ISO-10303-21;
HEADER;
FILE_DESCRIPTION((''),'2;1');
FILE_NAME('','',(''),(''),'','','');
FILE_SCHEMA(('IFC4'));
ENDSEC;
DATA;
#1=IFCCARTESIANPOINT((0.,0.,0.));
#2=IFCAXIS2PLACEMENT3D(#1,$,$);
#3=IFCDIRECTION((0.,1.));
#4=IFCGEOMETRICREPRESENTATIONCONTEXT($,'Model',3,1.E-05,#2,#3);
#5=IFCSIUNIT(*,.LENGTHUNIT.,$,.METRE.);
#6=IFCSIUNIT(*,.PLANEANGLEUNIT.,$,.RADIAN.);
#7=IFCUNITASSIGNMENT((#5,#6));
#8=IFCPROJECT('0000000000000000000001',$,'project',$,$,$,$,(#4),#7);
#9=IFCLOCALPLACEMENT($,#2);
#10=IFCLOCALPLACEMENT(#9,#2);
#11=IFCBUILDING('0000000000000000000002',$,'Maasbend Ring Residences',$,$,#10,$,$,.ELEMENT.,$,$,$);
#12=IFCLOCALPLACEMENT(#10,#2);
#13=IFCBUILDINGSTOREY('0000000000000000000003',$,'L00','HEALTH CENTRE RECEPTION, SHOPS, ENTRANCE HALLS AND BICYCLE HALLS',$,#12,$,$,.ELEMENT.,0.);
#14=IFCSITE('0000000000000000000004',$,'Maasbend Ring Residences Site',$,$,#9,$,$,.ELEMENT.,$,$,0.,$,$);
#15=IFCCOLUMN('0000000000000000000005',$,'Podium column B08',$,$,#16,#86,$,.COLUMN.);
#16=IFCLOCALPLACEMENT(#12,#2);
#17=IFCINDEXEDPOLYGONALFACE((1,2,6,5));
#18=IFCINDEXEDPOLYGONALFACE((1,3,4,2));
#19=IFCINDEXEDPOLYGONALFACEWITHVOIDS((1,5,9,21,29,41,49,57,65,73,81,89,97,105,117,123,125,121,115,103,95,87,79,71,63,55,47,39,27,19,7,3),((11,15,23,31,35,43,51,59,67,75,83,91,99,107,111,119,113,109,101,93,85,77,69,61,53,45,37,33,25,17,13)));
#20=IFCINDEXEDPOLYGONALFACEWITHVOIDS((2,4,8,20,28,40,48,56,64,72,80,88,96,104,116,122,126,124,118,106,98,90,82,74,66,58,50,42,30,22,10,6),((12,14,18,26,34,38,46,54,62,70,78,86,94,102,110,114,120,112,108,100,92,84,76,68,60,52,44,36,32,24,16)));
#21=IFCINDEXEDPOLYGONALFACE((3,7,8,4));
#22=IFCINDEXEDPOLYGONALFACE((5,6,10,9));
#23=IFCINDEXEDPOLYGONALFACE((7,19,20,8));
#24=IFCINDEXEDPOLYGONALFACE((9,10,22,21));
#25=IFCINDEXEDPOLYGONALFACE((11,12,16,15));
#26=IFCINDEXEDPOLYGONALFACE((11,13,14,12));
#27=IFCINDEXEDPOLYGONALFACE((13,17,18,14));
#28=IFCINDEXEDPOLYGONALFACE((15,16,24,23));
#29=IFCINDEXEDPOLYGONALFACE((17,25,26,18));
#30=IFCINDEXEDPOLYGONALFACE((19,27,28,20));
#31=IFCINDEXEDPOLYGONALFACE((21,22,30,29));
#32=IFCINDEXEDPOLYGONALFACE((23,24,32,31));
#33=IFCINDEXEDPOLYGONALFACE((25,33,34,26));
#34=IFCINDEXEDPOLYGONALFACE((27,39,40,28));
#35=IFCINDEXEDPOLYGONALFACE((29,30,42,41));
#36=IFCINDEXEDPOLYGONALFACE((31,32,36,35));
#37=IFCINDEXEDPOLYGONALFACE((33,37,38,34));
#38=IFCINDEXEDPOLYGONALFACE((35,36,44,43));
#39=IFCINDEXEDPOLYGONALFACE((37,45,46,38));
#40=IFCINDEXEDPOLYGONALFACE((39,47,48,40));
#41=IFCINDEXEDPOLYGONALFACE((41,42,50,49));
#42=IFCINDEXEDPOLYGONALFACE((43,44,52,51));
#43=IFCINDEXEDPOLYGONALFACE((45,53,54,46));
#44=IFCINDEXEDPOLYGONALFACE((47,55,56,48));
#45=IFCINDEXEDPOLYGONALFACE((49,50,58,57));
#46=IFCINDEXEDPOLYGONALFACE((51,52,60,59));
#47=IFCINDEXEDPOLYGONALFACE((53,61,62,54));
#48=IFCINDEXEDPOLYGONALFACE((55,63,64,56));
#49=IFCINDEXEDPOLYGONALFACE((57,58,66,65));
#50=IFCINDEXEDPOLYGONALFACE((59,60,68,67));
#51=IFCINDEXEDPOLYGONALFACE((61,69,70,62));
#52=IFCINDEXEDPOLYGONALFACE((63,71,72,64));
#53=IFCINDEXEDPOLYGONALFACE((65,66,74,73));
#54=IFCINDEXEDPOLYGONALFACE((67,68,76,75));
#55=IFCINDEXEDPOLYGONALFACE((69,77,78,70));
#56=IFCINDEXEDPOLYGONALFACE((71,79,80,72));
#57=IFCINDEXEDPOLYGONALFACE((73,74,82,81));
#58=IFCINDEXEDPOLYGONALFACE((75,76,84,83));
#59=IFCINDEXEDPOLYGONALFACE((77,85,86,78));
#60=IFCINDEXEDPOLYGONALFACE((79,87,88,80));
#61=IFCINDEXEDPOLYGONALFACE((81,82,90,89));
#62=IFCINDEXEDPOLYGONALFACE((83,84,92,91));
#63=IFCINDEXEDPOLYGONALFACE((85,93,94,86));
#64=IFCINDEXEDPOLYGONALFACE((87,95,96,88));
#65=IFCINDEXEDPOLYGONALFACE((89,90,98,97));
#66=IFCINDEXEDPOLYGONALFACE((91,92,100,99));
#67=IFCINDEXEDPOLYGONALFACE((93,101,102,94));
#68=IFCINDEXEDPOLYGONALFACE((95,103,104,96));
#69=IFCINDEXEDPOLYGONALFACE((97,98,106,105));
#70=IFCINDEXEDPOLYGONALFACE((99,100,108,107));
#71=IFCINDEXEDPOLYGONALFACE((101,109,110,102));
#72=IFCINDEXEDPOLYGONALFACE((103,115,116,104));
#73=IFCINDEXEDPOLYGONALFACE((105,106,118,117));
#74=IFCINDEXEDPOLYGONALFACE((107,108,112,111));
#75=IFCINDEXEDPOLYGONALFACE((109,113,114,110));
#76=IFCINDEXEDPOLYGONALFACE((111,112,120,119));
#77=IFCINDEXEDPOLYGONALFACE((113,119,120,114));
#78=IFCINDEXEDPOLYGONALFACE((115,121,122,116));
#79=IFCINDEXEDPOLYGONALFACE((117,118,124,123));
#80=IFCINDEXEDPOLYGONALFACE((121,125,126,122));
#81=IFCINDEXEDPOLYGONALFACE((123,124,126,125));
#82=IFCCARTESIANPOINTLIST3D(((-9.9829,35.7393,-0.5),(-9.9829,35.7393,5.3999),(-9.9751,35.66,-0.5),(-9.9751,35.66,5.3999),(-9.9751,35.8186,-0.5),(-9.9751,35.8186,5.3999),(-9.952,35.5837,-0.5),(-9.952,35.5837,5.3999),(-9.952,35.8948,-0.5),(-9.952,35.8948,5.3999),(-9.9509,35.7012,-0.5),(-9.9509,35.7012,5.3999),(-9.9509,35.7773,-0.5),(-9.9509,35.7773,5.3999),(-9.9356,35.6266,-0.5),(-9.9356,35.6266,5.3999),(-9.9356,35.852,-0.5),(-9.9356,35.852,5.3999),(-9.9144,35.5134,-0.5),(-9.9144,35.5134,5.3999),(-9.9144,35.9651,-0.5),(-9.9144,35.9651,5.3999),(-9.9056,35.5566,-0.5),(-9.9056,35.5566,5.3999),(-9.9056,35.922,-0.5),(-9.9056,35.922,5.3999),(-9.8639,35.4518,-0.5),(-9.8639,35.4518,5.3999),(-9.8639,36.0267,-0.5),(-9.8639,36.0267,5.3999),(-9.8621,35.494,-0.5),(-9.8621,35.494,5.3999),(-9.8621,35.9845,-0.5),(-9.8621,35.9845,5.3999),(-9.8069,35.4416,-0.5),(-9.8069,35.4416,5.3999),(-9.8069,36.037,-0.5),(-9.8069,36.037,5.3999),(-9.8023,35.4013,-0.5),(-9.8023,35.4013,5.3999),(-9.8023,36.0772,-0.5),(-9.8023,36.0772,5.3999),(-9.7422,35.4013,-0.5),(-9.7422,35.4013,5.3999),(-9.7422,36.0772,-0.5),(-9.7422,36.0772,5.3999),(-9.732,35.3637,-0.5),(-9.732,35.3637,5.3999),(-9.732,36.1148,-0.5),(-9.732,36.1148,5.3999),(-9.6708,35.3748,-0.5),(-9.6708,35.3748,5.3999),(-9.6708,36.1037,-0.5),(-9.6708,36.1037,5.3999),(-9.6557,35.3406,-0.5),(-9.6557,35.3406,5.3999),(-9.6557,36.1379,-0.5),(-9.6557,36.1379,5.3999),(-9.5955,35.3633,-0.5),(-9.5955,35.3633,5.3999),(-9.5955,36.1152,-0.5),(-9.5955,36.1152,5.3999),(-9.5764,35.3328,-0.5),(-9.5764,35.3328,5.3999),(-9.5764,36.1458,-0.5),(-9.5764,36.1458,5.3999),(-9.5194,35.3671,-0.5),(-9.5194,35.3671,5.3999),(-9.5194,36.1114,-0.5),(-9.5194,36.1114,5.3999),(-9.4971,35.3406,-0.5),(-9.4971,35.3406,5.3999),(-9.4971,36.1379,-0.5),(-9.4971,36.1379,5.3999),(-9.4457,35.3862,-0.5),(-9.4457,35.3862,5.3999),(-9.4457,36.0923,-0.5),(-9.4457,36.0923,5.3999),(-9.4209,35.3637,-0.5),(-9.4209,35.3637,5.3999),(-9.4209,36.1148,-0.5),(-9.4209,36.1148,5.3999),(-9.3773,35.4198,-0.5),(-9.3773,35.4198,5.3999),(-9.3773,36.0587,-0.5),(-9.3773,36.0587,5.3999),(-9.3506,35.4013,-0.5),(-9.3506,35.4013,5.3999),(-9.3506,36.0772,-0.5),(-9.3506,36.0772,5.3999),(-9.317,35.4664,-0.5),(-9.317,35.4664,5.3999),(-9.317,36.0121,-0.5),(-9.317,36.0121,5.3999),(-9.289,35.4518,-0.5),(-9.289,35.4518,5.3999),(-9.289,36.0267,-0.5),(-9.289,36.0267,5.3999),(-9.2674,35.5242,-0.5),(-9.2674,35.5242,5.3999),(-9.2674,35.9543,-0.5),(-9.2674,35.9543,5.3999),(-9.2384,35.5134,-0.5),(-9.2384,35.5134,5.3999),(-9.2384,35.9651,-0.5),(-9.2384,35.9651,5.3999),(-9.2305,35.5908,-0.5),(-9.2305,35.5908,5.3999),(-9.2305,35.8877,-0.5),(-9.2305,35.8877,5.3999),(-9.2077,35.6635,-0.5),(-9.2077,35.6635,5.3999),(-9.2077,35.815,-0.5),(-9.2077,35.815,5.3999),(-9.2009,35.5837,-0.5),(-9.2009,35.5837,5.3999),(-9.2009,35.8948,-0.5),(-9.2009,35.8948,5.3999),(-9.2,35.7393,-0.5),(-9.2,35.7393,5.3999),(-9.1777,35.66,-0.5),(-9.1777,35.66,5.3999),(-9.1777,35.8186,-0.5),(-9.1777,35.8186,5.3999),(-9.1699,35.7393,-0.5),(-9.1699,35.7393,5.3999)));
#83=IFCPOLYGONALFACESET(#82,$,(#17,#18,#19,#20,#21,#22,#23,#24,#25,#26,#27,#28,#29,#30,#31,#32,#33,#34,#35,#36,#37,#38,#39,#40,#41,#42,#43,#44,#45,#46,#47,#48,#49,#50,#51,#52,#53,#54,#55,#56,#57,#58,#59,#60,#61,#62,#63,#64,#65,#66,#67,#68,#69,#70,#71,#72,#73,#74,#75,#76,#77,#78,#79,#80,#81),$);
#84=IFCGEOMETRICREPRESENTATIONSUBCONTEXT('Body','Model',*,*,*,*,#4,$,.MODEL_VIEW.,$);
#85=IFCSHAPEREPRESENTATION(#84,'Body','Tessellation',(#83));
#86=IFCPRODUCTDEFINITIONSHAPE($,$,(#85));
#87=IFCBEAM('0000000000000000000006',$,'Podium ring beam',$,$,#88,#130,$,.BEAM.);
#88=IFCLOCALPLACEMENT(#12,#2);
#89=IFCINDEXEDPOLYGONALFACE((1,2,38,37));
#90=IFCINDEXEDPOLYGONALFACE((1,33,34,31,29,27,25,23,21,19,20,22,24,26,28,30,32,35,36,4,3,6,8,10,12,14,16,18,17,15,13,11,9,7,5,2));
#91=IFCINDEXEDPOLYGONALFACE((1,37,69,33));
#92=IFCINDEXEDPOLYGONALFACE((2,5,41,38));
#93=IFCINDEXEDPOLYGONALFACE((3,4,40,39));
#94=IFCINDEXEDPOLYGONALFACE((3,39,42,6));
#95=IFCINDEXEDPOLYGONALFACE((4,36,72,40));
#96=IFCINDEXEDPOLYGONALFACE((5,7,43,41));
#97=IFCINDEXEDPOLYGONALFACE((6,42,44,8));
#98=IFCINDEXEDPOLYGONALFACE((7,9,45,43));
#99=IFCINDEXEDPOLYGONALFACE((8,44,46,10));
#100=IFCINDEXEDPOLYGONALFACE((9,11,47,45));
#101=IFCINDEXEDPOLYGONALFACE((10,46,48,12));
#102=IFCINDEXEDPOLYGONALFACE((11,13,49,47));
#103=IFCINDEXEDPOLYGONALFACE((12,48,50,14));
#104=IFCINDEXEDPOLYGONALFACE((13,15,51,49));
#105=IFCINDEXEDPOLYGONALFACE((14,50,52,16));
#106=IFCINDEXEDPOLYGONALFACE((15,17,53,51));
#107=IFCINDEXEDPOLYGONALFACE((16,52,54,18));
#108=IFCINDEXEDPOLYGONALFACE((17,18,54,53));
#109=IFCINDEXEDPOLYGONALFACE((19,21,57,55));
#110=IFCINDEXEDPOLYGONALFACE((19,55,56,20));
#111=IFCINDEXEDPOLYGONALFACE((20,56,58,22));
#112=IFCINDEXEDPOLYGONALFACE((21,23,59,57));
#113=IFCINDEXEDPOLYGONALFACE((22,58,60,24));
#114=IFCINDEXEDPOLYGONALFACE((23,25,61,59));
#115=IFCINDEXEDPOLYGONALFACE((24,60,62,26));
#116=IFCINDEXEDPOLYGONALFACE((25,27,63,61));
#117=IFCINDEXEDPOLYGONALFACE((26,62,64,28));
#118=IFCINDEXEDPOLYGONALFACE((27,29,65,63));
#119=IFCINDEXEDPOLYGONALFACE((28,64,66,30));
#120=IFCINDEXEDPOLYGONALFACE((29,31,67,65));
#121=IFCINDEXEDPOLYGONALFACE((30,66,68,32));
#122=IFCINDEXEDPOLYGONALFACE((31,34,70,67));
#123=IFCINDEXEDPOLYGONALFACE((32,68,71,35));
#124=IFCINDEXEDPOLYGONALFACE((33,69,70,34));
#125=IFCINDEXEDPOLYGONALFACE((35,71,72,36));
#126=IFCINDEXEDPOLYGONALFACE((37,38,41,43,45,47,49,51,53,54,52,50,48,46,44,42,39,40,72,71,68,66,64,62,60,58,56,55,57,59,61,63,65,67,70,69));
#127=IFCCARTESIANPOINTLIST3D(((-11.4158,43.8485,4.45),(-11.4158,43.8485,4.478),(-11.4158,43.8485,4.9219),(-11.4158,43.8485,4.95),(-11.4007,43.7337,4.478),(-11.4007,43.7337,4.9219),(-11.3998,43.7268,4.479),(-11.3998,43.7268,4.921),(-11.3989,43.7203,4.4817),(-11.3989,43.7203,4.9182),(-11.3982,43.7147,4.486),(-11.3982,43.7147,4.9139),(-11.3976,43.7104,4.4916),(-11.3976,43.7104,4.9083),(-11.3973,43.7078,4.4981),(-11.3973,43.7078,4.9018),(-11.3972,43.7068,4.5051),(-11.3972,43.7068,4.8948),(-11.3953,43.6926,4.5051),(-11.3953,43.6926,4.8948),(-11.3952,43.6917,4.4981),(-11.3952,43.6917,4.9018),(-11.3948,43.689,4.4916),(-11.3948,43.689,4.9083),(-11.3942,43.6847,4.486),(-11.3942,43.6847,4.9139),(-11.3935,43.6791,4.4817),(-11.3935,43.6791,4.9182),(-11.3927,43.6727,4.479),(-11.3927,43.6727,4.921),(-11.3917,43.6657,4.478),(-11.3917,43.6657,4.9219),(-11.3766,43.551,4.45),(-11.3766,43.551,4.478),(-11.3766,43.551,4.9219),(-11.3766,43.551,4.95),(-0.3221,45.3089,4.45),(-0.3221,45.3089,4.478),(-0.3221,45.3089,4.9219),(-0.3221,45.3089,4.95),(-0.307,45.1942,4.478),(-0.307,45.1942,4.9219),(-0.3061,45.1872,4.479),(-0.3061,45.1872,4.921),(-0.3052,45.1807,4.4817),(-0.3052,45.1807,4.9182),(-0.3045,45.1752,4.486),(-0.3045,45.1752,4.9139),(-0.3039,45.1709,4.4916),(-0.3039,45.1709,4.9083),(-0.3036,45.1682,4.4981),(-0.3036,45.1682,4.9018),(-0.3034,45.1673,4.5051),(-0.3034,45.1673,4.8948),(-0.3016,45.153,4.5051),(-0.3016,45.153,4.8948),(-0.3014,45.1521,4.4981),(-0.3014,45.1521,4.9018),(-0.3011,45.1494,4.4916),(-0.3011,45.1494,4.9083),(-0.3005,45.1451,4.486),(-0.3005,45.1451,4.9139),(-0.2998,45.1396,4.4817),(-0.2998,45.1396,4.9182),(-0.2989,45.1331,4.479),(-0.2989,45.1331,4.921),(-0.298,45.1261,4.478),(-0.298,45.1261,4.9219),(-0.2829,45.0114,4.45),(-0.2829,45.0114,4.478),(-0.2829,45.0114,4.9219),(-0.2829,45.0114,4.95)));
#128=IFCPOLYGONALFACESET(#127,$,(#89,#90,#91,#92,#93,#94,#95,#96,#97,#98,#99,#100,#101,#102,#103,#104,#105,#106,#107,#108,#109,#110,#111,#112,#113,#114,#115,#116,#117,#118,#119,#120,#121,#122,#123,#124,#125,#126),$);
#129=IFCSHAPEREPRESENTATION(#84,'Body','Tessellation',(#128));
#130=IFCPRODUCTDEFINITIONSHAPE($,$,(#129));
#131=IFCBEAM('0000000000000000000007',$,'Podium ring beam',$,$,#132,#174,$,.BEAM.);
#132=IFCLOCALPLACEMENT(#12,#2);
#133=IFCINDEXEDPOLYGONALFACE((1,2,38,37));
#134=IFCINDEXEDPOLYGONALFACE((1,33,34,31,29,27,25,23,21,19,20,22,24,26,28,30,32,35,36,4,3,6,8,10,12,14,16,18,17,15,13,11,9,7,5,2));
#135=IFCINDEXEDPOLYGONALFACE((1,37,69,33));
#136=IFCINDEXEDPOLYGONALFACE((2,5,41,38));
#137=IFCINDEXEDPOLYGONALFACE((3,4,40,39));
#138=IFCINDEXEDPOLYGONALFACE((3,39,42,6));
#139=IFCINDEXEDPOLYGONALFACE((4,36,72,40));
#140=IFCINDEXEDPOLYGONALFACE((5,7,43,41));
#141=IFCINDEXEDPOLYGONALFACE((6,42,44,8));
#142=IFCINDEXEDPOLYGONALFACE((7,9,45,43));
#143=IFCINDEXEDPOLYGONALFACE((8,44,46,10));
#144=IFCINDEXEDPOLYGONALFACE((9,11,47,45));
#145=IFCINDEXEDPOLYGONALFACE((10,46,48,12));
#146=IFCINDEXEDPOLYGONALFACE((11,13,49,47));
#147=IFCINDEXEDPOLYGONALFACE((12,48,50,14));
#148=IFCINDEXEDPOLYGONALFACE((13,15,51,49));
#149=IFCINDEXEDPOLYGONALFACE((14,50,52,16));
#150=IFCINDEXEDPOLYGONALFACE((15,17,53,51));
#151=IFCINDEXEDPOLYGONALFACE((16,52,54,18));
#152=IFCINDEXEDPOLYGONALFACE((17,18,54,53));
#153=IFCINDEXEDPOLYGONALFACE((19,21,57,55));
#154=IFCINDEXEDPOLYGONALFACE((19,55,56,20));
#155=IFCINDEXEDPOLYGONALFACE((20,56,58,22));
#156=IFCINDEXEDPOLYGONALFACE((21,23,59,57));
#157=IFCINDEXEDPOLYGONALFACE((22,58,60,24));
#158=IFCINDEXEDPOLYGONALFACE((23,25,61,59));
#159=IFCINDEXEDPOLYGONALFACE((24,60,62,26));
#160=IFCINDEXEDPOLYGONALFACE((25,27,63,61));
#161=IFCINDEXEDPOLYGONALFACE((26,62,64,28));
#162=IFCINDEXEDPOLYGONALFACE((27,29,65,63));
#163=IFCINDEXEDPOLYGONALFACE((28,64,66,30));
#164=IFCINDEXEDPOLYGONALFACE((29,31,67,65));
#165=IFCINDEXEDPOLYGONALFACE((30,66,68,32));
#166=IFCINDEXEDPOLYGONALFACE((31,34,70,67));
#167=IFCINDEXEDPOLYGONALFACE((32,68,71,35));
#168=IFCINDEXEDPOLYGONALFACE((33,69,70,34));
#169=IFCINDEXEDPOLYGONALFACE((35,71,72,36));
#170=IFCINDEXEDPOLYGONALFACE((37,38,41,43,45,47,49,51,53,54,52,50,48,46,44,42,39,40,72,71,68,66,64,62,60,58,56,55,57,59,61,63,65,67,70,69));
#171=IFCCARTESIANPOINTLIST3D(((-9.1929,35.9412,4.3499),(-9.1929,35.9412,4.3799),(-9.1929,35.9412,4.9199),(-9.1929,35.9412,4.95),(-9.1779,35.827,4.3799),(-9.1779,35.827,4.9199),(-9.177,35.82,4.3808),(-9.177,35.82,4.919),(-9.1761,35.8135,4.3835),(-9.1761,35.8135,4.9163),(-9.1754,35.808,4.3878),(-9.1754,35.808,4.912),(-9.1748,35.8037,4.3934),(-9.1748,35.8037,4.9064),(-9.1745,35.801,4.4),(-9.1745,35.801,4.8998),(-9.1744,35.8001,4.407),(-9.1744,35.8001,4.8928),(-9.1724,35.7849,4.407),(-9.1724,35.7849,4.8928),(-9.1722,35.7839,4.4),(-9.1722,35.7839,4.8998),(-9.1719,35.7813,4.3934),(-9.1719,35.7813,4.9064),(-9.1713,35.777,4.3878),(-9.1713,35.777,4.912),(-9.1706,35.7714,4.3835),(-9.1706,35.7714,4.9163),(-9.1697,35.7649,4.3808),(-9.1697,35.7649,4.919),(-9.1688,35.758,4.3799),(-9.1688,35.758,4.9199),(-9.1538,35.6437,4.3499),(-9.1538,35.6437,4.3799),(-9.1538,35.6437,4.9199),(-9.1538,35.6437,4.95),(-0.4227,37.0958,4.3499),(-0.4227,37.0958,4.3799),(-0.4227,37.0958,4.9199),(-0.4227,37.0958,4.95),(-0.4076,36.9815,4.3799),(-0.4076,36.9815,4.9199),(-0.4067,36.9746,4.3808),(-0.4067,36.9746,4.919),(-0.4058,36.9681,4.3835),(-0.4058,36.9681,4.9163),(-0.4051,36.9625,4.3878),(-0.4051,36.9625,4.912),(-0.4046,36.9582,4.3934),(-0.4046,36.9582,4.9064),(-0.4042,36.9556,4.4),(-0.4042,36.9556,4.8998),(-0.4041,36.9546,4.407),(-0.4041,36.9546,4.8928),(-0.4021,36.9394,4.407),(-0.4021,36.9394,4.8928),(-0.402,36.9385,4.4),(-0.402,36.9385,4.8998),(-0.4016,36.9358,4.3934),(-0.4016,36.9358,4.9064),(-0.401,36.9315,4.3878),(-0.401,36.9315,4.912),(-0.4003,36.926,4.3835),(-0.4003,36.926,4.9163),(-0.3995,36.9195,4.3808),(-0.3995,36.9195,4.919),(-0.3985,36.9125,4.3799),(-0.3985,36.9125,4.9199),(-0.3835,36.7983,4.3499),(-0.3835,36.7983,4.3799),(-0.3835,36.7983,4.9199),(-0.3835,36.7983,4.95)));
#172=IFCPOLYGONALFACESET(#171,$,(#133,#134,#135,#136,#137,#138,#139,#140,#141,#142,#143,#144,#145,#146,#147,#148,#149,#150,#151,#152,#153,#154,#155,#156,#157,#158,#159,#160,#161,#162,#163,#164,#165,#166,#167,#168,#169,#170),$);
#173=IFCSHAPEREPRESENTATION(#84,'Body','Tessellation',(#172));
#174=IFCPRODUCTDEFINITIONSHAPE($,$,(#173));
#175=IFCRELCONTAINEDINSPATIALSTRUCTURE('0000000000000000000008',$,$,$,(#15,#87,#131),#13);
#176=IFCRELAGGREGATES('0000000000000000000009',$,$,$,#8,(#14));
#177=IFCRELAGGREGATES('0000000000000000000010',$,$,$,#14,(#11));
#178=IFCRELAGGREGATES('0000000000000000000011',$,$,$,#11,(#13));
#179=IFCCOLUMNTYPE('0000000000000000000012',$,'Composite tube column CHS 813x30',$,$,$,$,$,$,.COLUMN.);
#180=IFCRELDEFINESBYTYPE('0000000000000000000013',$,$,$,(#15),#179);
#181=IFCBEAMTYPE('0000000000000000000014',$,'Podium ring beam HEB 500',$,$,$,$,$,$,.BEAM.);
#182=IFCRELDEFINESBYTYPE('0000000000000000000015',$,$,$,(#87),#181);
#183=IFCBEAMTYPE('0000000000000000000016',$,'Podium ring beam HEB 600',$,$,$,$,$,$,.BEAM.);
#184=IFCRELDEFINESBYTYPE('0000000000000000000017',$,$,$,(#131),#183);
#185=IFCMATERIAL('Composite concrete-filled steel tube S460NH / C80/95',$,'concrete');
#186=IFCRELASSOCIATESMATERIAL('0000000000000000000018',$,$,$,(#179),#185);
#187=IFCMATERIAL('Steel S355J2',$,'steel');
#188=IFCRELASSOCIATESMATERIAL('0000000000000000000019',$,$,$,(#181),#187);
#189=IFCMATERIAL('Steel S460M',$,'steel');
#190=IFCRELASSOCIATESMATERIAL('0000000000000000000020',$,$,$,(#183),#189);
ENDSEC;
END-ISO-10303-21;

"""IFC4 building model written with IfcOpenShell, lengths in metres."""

from ifc_helpers import new_model, si_unit, direction, frame, origin, origin_2d, place, context, subcontext, project, spatial, hollow_circle, i_section, extrude, material, material_profile, profile_set, type_object, element, save


model = new_model("IFC4")

# Units and contexts
model_context = context("Model", 3, precision=1e-05, world=origin(), true_north=direction((0.0, 1.0)))
body_context = subcontext(model_context, "Body", "Model", "MODEL_VIEW")
ifc_project = project(units=[si_unit("LENGTHUNIT", "METRE"), si_unit("PLANEANGLEUNIT", "RADIAN")], contexts=[model_context])

# Site, building, storey
site_placement = place(None, origin())
site = spatial("IfcSite", under=ifc_project, at=site_placement, Name="Maasbend Ring Residences Site", CompositionType="ELEMENT", RefElevation=0.0)
building_placement = place(site_placement, origin())
building = spatial("IfcBuilding", under=site, at=building_placement, Name="Maasbend Ring Residences", CompositionType="ELEMENT")
storey_placement = place(building_placement, origin())
storey = spatial("IfcBuildingStorey", under=building, at=storey_placement, Name="L00", Description="HEALTH CENTRE RECEPTION, SHOPS, ENTRANCE HALLS AND BICYCLE HALLS", CompositionType="ELEMENT", Elevation=0.0)

# Column
ifc_material_1 = material(Name="Composite concrete-filled steel tube S460NH / C80/95", Category="concrete")
ifc_material_profile_1 = material_profile(ifc_material_1, hollow_circle(Radius=0.4065, WallThickness=0.03, at=origin_2d()), Name="Composite tube column CHS 813x30")
ifc_profile_set_1 = profile_set([ifc_material_profile_1], Name="Composite concrete-filled steel tube S460NH / C80/95")
column_type_1 = type_object("IfcColumnType", Name="Composite tube column CHS 813x30", PredefinedType="COLUMN", material=ifc_profile_set_1)
column_1_placement = place(storey_placement, frame((-9.5764, 35.7393, -0.5), z_axis=(0.0, 0.0, 1.0), x_axis=(1.0, 0.0, 0.0)))
element("IfcColumn", 1, at=column_1_placement, inside=storey, type_object=column_type_1, Name="Podium column B08", PredefinedType="COLUMN", context=body_context, shape_type="SweptSolid", body=[
    extrude(hollow_circle(Radius=0.4065, WallThickness=0.03, at=origin_2d()), origin(), (0.0, 0.0, 1.0), 5.8999),
])

# Beams
ifc_material_2 = material(Name="Steel S355J2", Category="steel")
ifc_material_profile_2 = material_profile(ifc_material_2, i_section(OverallWidth=0.3, OverallDepth=0.5, WebThickness=0.0144, FlangeThickness=0.0281, FilletRadius=0.0271, at=origin_2d()), Name="HEB 500")
ifc_profile_set_2 = profile_set([ifc_material_profile_2], Name="Steel S355J2")
beam_type_1 = type_object("IfcBeamType", Name="Podium ring beam HEB 500", PredefinedType="BEAM", material=ifc_profile_set_2)
beam_1_placement = place(storey_placement, frame((-0.3025, 45.1602, 4.7), z_axis=(-0.991446, -0.13052, 0.0), x_axis=(0.13052, -0.991446, 0.0)))
element("IfcBeam", 2, at=beam_1_placement, inside=storey, type_object=beam_type_1, Name="Podium ring beam", PredefinedType="BEAM", context=body_context, shape_type="SweptSolid", body=[
    extrude(i_section(OverallWidth=0.3, OverallDepth=0.5, WebThickness=0.0144, FlangeThickness=0.0281, FilletRadius=0.0271, at=origin_2d()), origin(), (0.0, 0.0, 1.0), 11.1895),
])
ifc_material_3 = material(Name="Steel S460M", Category="steel")
ifc_material_profile_3 = material_profile(ifc_material_3, i_section(OverallWidth=0.3, OverallDepth=0.6001, WebThickness=0.0154, FlangeThickness=0.03, FilletRadius=0.0271, at=origin_2d()), Name="HEB 600")
ifc_profile_set_3 = profile_set([ifc_material_profile_3], Name="Steel S460M")
beam_type_2 = type_object("IfcBeamType", Name="Podium ring beam HEB 600", PredefinedType="BEAM", material=ifc_profile_set_3)
for number, where, z_axis, x_axis, name in (
    (3, (-0.4031, 36.947, 4.6499), (-0.991446, -0.130517, 0.0), (0.130517, -0.991446, 0.0), "Podium ring beam"),
):
    element("IfcBeam", number, at=place(storey_placement, frame(where, z_axis=z_axis, x_axis=x_axis)), inside=storey, type_object=beam_type_2, Name=name, PredefinedType="BEAM", context=body_context, shape_type="SweptSolid", body=[
        extrude(i_section(OverallWidth=0.3, OverallDepth=0.6001, WebThickness=0.0154, FlangeThickness=0.03, FilletRadius=0.0271, at=origin_2d()), origin(), (0.0, 0.0, 1.0), 8.8459),
    ])

save(model, "model.ifc")
